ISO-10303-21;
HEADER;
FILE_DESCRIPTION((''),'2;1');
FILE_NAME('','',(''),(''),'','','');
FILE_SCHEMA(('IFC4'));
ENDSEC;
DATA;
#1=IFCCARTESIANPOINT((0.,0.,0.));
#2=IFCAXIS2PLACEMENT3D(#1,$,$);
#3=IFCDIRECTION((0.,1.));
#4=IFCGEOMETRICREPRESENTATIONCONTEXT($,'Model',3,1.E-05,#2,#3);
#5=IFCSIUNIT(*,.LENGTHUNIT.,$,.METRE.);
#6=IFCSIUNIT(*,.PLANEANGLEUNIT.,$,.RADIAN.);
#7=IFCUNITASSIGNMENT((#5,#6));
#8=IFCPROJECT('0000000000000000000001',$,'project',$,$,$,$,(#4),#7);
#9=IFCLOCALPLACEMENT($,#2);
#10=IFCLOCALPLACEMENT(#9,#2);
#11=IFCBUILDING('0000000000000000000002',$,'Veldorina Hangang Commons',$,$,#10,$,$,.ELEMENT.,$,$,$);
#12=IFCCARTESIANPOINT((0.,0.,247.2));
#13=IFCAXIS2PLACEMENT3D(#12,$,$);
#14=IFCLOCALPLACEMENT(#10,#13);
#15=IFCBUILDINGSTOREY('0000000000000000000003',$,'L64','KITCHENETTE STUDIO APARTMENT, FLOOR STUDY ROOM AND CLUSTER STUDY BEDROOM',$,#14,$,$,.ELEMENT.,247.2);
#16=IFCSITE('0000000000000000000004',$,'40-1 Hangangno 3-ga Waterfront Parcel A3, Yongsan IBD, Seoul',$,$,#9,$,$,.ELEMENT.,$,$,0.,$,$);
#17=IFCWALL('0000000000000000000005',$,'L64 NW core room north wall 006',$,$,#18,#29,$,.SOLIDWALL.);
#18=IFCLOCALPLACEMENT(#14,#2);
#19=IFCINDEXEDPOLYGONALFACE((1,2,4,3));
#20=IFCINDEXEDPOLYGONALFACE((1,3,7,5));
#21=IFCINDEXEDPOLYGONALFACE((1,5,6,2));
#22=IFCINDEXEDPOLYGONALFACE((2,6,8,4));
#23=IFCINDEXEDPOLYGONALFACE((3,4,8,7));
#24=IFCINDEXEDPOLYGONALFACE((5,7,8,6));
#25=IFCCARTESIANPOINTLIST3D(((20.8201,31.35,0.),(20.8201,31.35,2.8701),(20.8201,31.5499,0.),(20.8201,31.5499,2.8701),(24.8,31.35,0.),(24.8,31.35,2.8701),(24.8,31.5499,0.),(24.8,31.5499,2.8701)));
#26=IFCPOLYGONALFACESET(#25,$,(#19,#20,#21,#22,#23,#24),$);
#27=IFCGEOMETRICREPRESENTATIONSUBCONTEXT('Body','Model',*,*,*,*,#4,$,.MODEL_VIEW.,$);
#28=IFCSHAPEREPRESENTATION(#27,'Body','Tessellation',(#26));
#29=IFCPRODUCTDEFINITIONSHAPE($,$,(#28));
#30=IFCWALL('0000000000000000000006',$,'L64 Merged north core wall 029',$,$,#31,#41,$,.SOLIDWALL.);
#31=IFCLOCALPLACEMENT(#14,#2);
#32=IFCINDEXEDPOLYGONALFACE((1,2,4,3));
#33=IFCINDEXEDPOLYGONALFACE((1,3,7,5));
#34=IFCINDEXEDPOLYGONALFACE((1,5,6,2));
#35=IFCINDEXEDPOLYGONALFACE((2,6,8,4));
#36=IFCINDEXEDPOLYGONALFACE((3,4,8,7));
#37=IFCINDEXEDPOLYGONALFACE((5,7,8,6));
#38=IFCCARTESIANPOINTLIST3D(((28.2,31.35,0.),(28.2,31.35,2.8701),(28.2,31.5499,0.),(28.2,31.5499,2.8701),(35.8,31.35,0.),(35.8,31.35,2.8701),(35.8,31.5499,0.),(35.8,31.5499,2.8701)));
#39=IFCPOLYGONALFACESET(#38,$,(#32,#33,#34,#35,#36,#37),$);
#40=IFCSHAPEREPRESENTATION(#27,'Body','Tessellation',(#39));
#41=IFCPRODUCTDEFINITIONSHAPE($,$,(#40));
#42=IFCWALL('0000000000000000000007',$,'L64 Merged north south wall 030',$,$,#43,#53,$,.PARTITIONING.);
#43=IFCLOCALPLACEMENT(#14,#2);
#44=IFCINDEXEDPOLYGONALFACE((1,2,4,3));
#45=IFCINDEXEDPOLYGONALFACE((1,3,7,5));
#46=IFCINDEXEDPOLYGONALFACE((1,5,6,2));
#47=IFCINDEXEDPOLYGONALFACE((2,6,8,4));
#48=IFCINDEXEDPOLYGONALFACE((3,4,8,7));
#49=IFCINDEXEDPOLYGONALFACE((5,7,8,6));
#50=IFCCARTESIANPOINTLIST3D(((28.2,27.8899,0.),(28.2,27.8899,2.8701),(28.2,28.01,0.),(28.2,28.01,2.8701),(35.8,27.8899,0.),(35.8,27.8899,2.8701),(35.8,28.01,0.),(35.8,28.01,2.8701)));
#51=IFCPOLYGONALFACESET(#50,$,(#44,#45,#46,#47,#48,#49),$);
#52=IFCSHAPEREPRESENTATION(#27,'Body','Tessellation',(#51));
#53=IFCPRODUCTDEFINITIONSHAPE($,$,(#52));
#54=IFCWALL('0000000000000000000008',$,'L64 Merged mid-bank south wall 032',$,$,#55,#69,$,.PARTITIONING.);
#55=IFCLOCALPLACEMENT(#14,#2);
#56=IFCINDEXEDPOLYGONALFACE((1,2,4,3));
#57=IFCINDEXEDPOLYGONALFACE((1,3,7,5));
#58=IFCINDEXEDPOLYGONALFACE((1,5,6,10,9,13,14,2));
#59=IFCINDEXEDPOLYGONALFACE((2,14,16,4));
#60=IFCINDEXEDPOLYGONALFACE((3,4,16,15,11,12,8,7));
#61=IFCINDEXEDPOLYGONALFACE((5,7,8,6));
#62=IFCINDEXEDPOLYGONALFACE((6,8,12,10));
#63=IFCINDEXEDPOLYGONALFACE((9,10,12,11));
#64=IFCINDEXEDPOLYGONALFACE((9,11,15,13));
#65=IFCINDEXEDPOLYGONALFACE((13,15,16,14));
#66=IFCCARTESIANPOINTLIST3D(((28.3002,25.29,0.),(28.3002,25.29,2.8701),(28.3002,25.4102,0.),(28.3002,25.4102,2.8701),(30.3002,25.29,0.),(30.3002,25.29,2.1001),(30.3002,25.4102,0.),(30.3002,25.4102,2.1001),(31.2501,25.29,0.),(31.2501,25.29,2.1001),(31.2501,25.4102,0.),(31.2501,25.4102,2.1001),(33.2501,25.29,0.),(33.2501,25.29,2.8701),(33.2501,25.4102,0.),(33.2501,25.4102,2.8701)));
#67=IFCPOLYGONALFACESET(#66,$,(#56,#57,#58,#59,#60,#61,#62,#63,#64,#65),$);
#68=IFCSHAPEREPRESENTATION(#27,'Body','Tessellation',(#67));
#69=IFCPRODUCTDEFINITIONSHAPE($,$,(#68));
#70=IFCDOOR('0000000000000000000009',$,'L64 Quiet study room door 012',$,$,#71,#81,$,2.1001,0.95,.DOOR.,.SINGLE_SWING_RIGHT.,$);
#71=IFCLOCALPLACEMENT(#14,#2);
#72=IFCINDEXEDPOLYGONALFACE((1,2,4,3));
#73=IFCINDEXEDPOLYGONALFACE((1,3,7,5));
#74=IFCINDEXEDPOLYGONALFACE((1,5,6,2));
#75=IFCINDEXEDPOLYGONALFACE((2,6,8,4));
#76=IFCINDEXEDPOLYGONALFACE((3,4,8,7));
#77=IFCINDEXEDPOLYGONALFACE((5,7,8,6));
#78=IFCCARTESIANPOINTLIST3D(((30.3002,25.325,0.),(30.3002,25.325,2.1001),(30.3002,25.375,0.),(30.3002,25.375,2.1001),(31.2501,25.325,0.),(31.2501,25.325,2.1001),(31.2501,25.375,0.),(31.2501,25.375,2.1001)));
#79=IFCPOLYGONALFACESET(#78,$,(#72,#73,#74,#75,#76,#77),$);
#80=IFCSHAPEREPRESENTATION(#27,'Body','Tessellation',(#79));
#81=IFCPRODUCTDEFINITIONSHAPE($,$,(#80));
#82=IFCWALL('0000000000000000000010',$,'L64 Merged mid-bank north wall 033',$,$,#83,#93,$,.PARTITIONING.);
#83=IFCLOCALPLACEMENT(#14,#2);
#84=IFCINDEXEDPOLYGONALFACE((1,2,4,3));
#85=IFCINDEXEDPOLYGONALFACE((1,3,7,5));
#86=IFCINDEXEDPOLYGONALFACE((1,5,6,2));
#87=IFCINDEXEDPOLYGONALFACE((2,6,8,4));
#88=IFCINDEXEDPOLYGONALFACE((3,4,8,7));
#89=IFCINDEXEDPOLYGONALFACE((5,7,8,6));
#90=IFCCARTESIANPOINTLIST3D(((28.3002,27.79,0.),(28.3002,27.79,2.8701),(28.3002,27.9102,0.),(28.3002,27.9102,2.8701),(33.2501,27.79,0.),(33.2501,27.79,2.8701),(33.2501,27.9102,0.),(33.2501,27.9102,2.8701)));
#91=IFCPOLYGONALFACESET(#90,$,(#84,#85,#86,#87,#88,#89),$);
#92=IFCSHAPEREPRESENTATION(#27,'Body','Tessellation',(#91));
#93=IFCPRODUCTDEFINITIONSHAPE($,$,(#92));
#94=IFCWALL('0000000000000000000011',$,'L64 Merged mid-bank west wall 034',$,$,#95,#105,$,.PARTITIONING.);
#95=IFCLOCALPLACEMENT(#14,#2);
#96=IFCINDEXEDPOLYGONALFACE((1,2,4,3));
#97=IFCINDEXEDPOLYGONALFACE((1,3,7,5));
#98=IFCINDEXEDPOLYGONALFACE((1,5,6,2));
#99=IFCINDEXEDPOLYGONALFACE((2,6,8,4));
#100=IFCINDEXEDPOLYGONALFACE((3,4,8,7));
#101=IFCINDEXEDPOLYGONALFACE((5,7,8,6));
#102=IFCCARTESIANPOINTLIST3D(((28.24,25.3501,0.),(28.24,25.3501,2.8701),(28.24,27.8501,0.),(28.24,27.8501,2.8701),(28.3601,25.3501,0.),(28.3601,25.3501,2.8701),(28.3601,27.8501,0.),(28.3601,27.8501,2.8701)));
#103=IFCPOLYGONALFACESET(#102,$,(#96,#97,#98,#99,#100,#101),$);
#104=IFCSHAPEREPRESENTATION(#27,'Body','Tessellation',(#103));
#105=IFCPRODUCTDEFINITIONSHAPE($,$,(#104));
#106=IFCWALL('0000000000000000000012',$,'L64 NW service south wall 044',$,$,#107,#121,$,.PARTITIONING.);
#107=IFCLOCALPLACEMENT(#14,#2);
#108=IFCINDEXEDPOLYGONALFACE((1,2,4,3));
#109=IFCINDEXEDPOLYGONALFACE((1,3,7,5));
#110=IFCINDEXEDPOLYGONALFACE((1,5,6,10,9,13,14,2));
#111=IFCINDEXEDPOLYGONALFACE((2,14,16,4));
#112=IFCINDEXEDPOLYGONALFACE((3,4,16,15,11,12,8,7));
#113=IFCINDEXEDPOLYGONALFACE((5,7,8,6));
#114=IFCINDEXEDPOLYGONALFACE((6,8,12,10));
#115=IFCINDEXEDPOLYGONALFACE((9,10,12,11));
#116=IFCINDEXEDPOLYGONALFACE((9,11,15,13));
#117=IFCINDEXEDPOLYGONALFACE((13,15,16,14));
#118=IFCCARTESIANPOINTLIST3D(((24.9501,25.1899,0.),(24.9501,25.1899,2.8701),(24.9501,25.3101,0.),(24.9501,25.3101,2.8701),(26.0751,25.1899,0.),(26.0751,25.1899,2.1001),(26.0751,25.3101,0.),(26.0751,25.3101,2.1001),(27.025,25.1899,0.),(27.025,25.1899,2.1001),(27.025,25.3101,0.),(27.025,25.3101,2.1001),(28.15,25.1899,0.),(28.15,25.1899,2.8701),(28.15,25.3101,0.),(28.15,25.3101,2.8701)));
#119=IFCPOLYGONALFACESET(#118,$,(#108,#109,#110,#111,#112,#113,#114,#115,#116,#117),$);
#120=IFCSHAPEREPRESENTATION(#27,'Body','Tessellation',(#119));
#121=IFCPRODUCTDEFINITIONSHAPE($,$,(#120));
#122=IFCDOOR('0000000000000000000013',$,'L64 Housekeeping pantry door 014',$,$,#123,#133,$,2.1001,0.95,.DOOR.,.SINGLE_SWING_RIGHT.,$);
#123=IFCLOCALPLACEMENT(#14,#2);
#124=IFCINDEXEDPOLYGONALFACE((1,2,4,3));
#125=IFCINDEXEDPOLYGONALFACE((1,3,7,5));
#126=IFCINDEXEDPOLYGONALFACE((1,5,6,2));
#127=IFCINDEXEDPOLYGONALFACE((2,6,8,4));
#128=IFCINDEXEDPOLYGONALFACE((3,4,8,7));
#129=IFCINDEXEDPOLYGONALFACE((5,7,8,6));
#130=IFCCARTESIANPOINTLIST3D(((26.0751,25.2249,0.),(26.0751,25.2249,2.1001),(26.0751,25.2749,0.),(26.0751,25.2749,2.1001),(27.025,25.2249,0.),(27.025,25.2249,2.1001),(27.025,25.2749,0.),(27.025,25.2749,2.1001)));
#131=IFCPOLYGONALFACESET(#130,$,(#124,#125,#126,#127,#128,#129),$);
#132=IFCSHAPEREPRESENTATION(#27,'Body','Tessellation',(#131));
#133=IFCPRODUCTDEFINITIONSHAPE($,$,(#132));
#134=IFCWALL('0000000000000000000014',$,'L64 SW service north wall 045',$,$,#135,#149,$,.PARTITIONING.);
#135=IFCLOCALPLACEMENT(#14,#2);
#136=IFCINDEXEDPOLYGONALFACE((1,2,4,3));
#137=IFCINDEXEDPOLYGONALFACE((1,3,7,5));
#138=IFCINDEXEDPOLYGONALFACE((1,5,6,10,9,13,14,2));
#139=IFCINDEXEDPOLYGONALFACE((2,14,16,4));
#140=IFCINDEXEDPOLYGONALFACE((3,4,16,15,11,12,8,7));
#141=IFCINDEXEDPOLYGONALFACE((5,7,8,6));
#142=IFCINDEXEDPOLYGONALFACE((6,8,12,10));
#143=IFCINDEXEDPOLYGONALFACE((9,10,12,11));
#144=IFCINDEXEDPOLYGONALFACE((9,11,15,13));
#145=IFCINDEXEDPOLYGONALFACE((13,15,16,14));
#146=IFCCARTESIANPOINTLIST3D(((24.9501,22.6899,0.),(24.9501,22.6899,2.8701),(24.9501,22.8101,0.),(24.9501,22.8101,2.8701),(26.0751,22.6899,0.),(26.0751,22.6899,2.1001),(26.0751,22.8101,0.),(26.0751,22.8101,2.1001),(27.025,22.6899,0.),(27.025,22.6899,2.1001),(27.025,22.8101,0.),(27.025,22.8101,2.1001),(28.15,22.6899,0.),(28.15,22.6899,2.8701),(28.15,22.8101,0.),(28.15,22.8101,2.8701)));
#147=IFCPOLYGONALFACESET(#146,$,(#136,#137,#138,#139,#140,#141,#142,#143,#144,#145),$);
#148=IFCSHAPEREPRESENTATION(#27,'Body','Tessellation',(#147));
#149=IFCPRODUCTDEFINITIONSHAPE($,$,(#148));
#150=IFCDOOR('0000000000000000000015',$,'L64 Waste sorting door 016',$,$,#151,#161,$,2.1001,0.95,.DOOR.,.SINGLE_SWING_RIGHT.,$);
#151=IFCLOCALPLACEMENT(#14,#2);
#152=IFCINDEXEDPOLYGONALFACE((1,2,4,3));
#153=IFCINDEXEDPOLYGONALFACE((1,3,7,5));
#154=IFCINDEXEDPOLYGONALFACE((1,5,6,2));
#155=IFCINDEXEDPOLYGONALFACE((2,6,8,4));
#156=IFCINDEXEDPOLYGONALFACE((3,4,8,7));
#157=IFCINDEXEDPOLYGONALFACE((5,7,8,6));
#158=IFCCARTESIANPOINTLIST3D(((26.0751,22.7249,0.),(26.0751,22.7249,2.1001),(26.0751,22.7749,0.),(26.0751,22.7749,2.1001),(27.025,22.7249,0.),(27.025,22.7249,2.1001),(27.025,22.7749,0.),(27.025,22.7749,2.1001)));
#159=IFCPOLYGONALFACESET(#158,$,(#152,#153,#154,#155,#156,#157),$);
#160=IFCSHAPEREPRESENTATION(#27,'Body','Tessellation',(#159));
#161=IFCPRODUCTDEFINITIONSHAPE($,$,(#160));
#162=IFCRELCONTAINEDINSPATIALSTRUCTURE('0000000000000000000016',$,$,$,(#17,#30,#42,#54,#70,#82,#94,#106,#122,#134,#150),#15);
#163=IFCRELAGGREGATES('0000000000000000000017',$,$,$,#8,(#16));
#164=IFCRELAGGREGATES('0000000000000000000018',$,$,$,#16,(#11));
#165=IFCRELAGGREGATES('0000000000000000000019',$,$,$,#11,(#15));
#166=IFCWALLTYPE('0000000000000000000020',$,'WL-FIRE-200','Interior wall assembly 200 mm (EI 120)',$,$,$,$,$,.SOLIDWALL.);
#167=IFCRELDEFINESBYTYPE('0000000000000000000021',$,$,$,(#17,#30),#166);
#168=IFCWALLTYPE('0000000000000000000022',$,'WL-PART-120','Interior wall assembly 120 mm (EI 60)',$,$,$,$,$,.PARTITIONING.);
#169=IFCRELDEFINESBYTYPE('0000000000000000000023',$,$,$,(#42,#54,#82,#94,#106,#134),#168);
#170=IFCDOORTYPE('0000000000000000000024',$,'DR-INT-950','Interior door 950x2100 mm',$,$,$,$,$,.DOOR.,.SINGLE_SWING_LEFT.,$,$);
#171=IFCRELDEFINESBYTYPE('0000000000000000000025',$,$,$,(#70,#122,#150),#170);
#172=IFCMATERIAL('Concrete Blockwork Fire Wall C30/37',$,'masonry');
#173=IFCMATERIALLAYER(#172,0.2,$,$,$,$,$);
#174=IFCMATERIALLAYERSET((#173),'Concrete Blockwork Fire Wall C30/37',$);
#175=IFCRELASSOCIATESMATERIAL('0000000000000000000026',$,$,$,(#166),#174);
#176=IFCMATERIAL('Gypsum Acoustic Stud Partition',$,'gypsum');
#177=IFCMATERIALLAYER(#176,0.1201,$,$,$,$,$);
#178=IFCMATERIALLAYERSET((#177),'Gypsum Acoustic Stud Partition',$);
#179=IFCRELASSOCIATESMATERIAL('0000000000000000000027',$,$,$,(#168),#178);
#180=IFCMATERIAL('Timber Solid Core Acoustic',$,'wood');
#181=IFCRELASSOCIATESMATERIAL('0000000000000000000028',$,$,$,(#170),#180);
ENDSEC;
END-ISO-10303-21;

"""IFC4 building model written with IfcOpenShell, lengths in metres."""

from ifc_helpers import new_model, si_unit, direction, frame, frame_2d, origin, place, context, subcontext, project, spatial, rectangle, extrude, material, layer, layer_set, type_object, element, fill, save


model = new_model("IFC4")

# Units and contexts
model_context = context("Model", 3, precision=1e-05, world=origin(), true_north=direction((0.0, 1.0)))
body_context = subcontext(model_context, "Body", "Model", "MODEL_VIEW")
ifc_project = project(units=[si_unit("LENGTHUNIT", "METRE"), si_unit("PLANEANGLEUNIT", "RADIAN")], contexts=[model_context])

# Site, building, storey
site_placement = place(None, origin())
site = spatial("IfcSite", under=ifc_project, at=site_placement, Name="40-1 Hangangno 3-ga Waterfront Parcel A3, Yongsan IBD, Seoul", CompositionType="ELEMENT", RefElevation=0.0)
building_placement = place(site_placement, origin())
building = spatial("IfcBuilding", under=site, at=building_placement, Name="Veldorina Hangang Commons", CompositionType="ELEMENT")
storey_placement = place(building_placement, frame((0.0, 0.0, 247.2)))
storey = spatial("IfcBuildingStorey", under=building, at=storey_placement, Name="L64", Description="KITCHENETTE STUDIO APARTMENT, FLOOR STUDY ROOM AND CLUSTER STUDY BEDROOM", CompositionType="ELEMENT", Elevation=247.2)

# Shared definitions
ifc_material_1 = material(Name="Concrete Blockwork Fire Wall C30/37", Category="masonry")
ifc_layer_1 = layer(ifc_material_1, 0.2)
ifc_layer_set_1 = layer_set([ifc_layer_1], Name="Concrete Blockwork Fire Wall C30/37")
wall_type_1 = type_object("IfcWallType", Name="WL-FIRE-200", Description="Interior wall assembly 200 mm (EI 120)", PredefinedType="SOLIDWALL", material=ifc_layer_set_1)

# Walls
wall_1_placement = place(storey_placement, frame((20.8201, 31.45, 0.0), z_axis=(0.0, 0.0, 1.0), x_axis=(1.0, 0.0, 0.0)))
element("IfcWall", 1, at=wall_1_placement, inside=storey, type_object=wall_type_1, Name="L64 NW core room north wall 006", PredefinedType="SOLIDWALL", context=body_context, shape_type="SweptSolid", body=[
    extrude(rectangle(XDim=3.98, YDim=0.2, at=frame_2d((1.99, 0.0))), origin(), (0.0, 0.0, 1.0), 2.8701),
])
wall_2_placement = place(storey_placement, frame((28.2, 31.45, 0.0), z_axis=(0.0, 0.0, 1.0), x_axis=(1.0, 0.0, 0.0)))
element("IfcWall", 2, at=wall_2_placement, inside=storey, type_object=wall_type_1, Name="L64 Merged north core wall 029", PredefinedType="SOLIDWALL", context=body_context, shape_type="SweptSolid", body=[
    extrude(rectangle(XDim=7.6001, YDim=0.2, at=frame_2d((3.8, 0.0))), origin(), (0.0, 0.0, 1.0), 2.8701),
])
ifc_material_2 = material(Name="Gypsum Acoustic Stud Partition", Category="gypsum")
ifc_layer_2 = layer(ifc_material_2, 0.1201)
ifc_layer_set_2 = layer_set([ifc_layer_2], Name="Gypsum Acoustic Stud Partition")
wall_type_2 = type_object("IfcWallType", Name="WL-PART-120", Description="Interior wall assembly 120 mm (EI 60)", PredefinedType="PARTITIONING", material=ifc_layer_set_2)
wall_3_placement = place(storey_placement, frame((28.2, 27.95, 0.0), z_axis=(0.0, 0.0, 1.0), x_axis=(1.0, 0.0, 0.0)))
element("IfcWall", 3, at=wall_3_placement, inside=storey, type_object=wall_type_2, Name="L64 Merged north south wall 030", PredefinedType="PARTITIONING", context=body_context, shape_type="SweptSolid", body=[
    extrude(rectangle(XDim=7.6001, YDim=0.1201, at=frame_2d((3.8, 0.0))), origin(), (0.0, 0.0, 1.0), 2.8701),
])

# Wall, opening, door
wall_4_placement = place(storey_placement, frame((28.3, 25.3501, 0.0), z_axis=(0.0, 0.0, 1.0), x_axis=(1.0, 0.0, 0.0)))
wall_4 = element("IfcWall", 4, at=wall_4_placement, inside=storey, type_object=wall_type_2, Name="L64 Merged mid-bank south wall 032", PredefinedType="PARTITIONING", context=body_context, shape_type="SweptSolid", body=[
    extrude(rectangle(XDim=4.95, YDim=0.1201, at=frame_2d((2.4751, 0.0))), origin(), (0.0, 0.0, 1.0), 2.8701),
])
opening_1_placement = place(wall_4_placement, frame((2.0, 0.0, 0.0)))
opening_1 = element("IfcOpeningElement", 5, at=opening_1_placement, cuts=wall_4, PredefinedType="OPENING", context=body_context, shape_type="SweptSolid", body=[
    extrude(rectangle(XDim=0.95, YDim=2.1001, at=frame_2d((0.4751, 1.05))), frame((0.0, 0.0701, 0.0), z_axis=(0.0, -1.0, 0.0), x_axis=(1.0, 0.0, 0.0)), (0.0, 0.0, 1.0), 0.1401),
])
ifc_material_3 = material(Name="Timber Solid Core Acoustic", Category="wood")
door_type_1 = type_object("IfcDoorType", Name="DR-INT-950", Description="Interior door 950x2100 mm", OperationType="SINGLE_SWING_LEFT", PredefinedType="DOOR", material=ifc_material_3)
door_1_placement = place(opening_1_placement, origin())
door_1 = element("IfcDoor", 6, at=door_1_placement, inside=storey, type_object=door_type_1, Name="L64 Quiet study room door 012", OperationType="SINGLE_SWING_RIGHT", OverallHeight=2.1001, OverallWidth=0.95, PredefinedType="DOOR", context=body_context, shape_type="SweptSolid", body=[
    extrude(rectangle(XDim=0.95, YDim=2.1001, at=frame_2d((0.4751, 1.05))), frame((0.0, 0.0249, 0.0), z_axis=(0.0, -1.0, 0.0), x_axis=(1.0, 0.0, 0.0)), (0.0, 0.0, 1.0), 0.05),
])
fill(opening_1, door_1)

# Walls
wall_5_placement = place(storey_placement, frame((28.3, 27.8501, 0.0), z_axis=(0.0, 0.0, 1.0), x_axis=(1.0, 0.0, 0.0)))
element("IfcWall", 7, at=wall_5_placement, inside=storey, type_object=wall_type_2, Name="L64 Merged mid-bank north wall 033", PredefinedType="PARTITIONING", context=body_context, shape_type="SweptSolid", body=[
    extrude(rectangle(XDim=4.95, YDim=0.1201, at=frame_2d((2.4751, 0.0))), origin(), (0.0, 0.0, 1.0), 2.8701),
])
wall_6_placement = place(storey_placement, frame((28.3, 25.3501, 0.0), z_axis=(0.0, 0.0, 1.0), x_axis=(0.0, 1.0, 0.0)))
element("IfcWall", 8, at=wall_6_placement, inside=storey, type_object=wall_type_2, Name="L64 Merged mid-bank west wall 034", PredefinedType="PARTITIONING", context=body_context, shape_type="SweptSolid", body=[
    extrude(rectangle(XDim=2.5, YDim=0.1201, at=frame_2d((1.25, 0.0))), origin(), (0.0, 0.0, 1.0), 2.8701),
])

# Walls, openings, doors
wall_7_placement = place(storey_placement, frame((24.95, 25.25, 0.0), z_axis=(0.0, 0.0, 1.0), x_axis=(1.0, 0.0, 0.0)))
wall_7 = element("IfcWall", 9, at=wall_7_placement, inside=storey, type_object=wall_type_2, Name="L64 NW service south wall 044", PredefinedType="PARTITIONING", context=body_context, shape_type="SweptSolid", body=[
    extrude(rectangle(XDim=3.2, YDim=0.1201, at=frame_2d((1.6001, 0.0))), origin(), (0.0, 0.0, 1.0), 2.8701),
])
opening_2_placement = place(wall_7_placement, frame((1.125, 0.0, 0.0)))
opening_2 = element("IfcOpeningElement", 10, at=opening_2_placement, cuts=wall_7, PredefinedType="OPENING", context=body_context, shape_type="SweptSolid", body=[
    extrude(rectangle(XDim=0.95, YDim=2.1001, at=frame_2d((0.4751, 1.05))), frame((0.0, 0.0701, 0.0), z_axis=(0.0, -1.0, 0.0), x_axis=(1.0, 0.0, 0.0)), (0.0, 0.0, 1.0), 0.1401),
])
door_2_placement = place(opening_2_placement, origin())
door_2 = element("IfcDoor", 11, at=door_2_placement, inside=storey, type_object=door_type_1, Name="L64 Housekeeping pantry door 014", OperationType="SINGLE_SWING_RIGHT", OverallHeight=2.1001, OverallWidth=0.95, PredefinedType="DOOR", context=body_context, shape_type="SweptSolid", body=[
    extrude(rectangle(XDim=0.95, YDim=2.1001, at=frame_2d((0.4751, 1.05))), frame((0.0, 0.0249, 0.0), z_axis=(0.0, -1.0, 0.0), x_axis=(1.0, 0.0, 0.0)), (0.0, 0.0, 1.0), 0.05),
])
fill(opening_2, door_2)
wall_8_placement = place(storey_placement, frame((24.95, 22.75, 0.0), z_axis=(0.0, 0.0, 1.0), x_axis=(1.0, 0.0, 0.0)))
wall_8 = element("IfcWall", 12, at=wall_8_placement, inside=storey, type_object=wall_type_2, Name="L64 SW service north wall 045", PredefinedType="PARTITIONING", context=body_context, shape_type="SweptSolid", body=[
    extrude(rectangle(XDim=3.2, YDim=0.1201, at=frame_2d((1.6001, 0.0))), origin(), (0.0, 0.0, 1.0), 2.8701),
])
opening_3_placement = place(wall_8_placement, frame((1.125, 0.0, 0.0)))
opening_3 = element("IfcOpeningElement", 13, at=opening_3_placement, cuts=wall_8, PredefinedType="OPENING", context=body_context, shape_type="SweptSolid", body=[
    extrude(rectangle(XDim=0.95, YDim=2.1001, at=frame_2d((0.4751, 1.05))), frame((0.0, 0.0701, 0.0), z_axis=(0.0, -1.0, 0.0), x_axis=(1.0, 0.0, 0.0)), (0.0, 0.0, 1.0), 0.1401),
])
door_3_placement = place(opening_3_placement, origin())
door_3 = element("IfcDoor", 14, at=door_3_placement, inside=storey, type_object=door_type_1, Name="L64 Waste sorting door 016", OperationType="SINGLE_SWING_RIGHT", OverallHeight=2.1001, OverallWidth=0.95, PredefinedType="DOOR", context=body_context, shape_type="SweptSolid", body=[
    extrude(rectangle(XDim=0.95, YDim=2.1001, at=frame_2d((0.4751, 1.05))), frame((0.0, 0.0249, 0.0), z_axis=(0.0, -1.0, 0.0), x_axis=(1.0, 0.0, 0.0)), (0.0, 0.0, 1.0), 0.05),
])
fill(opening_3, door_3)

save(model, "model.ifc")
